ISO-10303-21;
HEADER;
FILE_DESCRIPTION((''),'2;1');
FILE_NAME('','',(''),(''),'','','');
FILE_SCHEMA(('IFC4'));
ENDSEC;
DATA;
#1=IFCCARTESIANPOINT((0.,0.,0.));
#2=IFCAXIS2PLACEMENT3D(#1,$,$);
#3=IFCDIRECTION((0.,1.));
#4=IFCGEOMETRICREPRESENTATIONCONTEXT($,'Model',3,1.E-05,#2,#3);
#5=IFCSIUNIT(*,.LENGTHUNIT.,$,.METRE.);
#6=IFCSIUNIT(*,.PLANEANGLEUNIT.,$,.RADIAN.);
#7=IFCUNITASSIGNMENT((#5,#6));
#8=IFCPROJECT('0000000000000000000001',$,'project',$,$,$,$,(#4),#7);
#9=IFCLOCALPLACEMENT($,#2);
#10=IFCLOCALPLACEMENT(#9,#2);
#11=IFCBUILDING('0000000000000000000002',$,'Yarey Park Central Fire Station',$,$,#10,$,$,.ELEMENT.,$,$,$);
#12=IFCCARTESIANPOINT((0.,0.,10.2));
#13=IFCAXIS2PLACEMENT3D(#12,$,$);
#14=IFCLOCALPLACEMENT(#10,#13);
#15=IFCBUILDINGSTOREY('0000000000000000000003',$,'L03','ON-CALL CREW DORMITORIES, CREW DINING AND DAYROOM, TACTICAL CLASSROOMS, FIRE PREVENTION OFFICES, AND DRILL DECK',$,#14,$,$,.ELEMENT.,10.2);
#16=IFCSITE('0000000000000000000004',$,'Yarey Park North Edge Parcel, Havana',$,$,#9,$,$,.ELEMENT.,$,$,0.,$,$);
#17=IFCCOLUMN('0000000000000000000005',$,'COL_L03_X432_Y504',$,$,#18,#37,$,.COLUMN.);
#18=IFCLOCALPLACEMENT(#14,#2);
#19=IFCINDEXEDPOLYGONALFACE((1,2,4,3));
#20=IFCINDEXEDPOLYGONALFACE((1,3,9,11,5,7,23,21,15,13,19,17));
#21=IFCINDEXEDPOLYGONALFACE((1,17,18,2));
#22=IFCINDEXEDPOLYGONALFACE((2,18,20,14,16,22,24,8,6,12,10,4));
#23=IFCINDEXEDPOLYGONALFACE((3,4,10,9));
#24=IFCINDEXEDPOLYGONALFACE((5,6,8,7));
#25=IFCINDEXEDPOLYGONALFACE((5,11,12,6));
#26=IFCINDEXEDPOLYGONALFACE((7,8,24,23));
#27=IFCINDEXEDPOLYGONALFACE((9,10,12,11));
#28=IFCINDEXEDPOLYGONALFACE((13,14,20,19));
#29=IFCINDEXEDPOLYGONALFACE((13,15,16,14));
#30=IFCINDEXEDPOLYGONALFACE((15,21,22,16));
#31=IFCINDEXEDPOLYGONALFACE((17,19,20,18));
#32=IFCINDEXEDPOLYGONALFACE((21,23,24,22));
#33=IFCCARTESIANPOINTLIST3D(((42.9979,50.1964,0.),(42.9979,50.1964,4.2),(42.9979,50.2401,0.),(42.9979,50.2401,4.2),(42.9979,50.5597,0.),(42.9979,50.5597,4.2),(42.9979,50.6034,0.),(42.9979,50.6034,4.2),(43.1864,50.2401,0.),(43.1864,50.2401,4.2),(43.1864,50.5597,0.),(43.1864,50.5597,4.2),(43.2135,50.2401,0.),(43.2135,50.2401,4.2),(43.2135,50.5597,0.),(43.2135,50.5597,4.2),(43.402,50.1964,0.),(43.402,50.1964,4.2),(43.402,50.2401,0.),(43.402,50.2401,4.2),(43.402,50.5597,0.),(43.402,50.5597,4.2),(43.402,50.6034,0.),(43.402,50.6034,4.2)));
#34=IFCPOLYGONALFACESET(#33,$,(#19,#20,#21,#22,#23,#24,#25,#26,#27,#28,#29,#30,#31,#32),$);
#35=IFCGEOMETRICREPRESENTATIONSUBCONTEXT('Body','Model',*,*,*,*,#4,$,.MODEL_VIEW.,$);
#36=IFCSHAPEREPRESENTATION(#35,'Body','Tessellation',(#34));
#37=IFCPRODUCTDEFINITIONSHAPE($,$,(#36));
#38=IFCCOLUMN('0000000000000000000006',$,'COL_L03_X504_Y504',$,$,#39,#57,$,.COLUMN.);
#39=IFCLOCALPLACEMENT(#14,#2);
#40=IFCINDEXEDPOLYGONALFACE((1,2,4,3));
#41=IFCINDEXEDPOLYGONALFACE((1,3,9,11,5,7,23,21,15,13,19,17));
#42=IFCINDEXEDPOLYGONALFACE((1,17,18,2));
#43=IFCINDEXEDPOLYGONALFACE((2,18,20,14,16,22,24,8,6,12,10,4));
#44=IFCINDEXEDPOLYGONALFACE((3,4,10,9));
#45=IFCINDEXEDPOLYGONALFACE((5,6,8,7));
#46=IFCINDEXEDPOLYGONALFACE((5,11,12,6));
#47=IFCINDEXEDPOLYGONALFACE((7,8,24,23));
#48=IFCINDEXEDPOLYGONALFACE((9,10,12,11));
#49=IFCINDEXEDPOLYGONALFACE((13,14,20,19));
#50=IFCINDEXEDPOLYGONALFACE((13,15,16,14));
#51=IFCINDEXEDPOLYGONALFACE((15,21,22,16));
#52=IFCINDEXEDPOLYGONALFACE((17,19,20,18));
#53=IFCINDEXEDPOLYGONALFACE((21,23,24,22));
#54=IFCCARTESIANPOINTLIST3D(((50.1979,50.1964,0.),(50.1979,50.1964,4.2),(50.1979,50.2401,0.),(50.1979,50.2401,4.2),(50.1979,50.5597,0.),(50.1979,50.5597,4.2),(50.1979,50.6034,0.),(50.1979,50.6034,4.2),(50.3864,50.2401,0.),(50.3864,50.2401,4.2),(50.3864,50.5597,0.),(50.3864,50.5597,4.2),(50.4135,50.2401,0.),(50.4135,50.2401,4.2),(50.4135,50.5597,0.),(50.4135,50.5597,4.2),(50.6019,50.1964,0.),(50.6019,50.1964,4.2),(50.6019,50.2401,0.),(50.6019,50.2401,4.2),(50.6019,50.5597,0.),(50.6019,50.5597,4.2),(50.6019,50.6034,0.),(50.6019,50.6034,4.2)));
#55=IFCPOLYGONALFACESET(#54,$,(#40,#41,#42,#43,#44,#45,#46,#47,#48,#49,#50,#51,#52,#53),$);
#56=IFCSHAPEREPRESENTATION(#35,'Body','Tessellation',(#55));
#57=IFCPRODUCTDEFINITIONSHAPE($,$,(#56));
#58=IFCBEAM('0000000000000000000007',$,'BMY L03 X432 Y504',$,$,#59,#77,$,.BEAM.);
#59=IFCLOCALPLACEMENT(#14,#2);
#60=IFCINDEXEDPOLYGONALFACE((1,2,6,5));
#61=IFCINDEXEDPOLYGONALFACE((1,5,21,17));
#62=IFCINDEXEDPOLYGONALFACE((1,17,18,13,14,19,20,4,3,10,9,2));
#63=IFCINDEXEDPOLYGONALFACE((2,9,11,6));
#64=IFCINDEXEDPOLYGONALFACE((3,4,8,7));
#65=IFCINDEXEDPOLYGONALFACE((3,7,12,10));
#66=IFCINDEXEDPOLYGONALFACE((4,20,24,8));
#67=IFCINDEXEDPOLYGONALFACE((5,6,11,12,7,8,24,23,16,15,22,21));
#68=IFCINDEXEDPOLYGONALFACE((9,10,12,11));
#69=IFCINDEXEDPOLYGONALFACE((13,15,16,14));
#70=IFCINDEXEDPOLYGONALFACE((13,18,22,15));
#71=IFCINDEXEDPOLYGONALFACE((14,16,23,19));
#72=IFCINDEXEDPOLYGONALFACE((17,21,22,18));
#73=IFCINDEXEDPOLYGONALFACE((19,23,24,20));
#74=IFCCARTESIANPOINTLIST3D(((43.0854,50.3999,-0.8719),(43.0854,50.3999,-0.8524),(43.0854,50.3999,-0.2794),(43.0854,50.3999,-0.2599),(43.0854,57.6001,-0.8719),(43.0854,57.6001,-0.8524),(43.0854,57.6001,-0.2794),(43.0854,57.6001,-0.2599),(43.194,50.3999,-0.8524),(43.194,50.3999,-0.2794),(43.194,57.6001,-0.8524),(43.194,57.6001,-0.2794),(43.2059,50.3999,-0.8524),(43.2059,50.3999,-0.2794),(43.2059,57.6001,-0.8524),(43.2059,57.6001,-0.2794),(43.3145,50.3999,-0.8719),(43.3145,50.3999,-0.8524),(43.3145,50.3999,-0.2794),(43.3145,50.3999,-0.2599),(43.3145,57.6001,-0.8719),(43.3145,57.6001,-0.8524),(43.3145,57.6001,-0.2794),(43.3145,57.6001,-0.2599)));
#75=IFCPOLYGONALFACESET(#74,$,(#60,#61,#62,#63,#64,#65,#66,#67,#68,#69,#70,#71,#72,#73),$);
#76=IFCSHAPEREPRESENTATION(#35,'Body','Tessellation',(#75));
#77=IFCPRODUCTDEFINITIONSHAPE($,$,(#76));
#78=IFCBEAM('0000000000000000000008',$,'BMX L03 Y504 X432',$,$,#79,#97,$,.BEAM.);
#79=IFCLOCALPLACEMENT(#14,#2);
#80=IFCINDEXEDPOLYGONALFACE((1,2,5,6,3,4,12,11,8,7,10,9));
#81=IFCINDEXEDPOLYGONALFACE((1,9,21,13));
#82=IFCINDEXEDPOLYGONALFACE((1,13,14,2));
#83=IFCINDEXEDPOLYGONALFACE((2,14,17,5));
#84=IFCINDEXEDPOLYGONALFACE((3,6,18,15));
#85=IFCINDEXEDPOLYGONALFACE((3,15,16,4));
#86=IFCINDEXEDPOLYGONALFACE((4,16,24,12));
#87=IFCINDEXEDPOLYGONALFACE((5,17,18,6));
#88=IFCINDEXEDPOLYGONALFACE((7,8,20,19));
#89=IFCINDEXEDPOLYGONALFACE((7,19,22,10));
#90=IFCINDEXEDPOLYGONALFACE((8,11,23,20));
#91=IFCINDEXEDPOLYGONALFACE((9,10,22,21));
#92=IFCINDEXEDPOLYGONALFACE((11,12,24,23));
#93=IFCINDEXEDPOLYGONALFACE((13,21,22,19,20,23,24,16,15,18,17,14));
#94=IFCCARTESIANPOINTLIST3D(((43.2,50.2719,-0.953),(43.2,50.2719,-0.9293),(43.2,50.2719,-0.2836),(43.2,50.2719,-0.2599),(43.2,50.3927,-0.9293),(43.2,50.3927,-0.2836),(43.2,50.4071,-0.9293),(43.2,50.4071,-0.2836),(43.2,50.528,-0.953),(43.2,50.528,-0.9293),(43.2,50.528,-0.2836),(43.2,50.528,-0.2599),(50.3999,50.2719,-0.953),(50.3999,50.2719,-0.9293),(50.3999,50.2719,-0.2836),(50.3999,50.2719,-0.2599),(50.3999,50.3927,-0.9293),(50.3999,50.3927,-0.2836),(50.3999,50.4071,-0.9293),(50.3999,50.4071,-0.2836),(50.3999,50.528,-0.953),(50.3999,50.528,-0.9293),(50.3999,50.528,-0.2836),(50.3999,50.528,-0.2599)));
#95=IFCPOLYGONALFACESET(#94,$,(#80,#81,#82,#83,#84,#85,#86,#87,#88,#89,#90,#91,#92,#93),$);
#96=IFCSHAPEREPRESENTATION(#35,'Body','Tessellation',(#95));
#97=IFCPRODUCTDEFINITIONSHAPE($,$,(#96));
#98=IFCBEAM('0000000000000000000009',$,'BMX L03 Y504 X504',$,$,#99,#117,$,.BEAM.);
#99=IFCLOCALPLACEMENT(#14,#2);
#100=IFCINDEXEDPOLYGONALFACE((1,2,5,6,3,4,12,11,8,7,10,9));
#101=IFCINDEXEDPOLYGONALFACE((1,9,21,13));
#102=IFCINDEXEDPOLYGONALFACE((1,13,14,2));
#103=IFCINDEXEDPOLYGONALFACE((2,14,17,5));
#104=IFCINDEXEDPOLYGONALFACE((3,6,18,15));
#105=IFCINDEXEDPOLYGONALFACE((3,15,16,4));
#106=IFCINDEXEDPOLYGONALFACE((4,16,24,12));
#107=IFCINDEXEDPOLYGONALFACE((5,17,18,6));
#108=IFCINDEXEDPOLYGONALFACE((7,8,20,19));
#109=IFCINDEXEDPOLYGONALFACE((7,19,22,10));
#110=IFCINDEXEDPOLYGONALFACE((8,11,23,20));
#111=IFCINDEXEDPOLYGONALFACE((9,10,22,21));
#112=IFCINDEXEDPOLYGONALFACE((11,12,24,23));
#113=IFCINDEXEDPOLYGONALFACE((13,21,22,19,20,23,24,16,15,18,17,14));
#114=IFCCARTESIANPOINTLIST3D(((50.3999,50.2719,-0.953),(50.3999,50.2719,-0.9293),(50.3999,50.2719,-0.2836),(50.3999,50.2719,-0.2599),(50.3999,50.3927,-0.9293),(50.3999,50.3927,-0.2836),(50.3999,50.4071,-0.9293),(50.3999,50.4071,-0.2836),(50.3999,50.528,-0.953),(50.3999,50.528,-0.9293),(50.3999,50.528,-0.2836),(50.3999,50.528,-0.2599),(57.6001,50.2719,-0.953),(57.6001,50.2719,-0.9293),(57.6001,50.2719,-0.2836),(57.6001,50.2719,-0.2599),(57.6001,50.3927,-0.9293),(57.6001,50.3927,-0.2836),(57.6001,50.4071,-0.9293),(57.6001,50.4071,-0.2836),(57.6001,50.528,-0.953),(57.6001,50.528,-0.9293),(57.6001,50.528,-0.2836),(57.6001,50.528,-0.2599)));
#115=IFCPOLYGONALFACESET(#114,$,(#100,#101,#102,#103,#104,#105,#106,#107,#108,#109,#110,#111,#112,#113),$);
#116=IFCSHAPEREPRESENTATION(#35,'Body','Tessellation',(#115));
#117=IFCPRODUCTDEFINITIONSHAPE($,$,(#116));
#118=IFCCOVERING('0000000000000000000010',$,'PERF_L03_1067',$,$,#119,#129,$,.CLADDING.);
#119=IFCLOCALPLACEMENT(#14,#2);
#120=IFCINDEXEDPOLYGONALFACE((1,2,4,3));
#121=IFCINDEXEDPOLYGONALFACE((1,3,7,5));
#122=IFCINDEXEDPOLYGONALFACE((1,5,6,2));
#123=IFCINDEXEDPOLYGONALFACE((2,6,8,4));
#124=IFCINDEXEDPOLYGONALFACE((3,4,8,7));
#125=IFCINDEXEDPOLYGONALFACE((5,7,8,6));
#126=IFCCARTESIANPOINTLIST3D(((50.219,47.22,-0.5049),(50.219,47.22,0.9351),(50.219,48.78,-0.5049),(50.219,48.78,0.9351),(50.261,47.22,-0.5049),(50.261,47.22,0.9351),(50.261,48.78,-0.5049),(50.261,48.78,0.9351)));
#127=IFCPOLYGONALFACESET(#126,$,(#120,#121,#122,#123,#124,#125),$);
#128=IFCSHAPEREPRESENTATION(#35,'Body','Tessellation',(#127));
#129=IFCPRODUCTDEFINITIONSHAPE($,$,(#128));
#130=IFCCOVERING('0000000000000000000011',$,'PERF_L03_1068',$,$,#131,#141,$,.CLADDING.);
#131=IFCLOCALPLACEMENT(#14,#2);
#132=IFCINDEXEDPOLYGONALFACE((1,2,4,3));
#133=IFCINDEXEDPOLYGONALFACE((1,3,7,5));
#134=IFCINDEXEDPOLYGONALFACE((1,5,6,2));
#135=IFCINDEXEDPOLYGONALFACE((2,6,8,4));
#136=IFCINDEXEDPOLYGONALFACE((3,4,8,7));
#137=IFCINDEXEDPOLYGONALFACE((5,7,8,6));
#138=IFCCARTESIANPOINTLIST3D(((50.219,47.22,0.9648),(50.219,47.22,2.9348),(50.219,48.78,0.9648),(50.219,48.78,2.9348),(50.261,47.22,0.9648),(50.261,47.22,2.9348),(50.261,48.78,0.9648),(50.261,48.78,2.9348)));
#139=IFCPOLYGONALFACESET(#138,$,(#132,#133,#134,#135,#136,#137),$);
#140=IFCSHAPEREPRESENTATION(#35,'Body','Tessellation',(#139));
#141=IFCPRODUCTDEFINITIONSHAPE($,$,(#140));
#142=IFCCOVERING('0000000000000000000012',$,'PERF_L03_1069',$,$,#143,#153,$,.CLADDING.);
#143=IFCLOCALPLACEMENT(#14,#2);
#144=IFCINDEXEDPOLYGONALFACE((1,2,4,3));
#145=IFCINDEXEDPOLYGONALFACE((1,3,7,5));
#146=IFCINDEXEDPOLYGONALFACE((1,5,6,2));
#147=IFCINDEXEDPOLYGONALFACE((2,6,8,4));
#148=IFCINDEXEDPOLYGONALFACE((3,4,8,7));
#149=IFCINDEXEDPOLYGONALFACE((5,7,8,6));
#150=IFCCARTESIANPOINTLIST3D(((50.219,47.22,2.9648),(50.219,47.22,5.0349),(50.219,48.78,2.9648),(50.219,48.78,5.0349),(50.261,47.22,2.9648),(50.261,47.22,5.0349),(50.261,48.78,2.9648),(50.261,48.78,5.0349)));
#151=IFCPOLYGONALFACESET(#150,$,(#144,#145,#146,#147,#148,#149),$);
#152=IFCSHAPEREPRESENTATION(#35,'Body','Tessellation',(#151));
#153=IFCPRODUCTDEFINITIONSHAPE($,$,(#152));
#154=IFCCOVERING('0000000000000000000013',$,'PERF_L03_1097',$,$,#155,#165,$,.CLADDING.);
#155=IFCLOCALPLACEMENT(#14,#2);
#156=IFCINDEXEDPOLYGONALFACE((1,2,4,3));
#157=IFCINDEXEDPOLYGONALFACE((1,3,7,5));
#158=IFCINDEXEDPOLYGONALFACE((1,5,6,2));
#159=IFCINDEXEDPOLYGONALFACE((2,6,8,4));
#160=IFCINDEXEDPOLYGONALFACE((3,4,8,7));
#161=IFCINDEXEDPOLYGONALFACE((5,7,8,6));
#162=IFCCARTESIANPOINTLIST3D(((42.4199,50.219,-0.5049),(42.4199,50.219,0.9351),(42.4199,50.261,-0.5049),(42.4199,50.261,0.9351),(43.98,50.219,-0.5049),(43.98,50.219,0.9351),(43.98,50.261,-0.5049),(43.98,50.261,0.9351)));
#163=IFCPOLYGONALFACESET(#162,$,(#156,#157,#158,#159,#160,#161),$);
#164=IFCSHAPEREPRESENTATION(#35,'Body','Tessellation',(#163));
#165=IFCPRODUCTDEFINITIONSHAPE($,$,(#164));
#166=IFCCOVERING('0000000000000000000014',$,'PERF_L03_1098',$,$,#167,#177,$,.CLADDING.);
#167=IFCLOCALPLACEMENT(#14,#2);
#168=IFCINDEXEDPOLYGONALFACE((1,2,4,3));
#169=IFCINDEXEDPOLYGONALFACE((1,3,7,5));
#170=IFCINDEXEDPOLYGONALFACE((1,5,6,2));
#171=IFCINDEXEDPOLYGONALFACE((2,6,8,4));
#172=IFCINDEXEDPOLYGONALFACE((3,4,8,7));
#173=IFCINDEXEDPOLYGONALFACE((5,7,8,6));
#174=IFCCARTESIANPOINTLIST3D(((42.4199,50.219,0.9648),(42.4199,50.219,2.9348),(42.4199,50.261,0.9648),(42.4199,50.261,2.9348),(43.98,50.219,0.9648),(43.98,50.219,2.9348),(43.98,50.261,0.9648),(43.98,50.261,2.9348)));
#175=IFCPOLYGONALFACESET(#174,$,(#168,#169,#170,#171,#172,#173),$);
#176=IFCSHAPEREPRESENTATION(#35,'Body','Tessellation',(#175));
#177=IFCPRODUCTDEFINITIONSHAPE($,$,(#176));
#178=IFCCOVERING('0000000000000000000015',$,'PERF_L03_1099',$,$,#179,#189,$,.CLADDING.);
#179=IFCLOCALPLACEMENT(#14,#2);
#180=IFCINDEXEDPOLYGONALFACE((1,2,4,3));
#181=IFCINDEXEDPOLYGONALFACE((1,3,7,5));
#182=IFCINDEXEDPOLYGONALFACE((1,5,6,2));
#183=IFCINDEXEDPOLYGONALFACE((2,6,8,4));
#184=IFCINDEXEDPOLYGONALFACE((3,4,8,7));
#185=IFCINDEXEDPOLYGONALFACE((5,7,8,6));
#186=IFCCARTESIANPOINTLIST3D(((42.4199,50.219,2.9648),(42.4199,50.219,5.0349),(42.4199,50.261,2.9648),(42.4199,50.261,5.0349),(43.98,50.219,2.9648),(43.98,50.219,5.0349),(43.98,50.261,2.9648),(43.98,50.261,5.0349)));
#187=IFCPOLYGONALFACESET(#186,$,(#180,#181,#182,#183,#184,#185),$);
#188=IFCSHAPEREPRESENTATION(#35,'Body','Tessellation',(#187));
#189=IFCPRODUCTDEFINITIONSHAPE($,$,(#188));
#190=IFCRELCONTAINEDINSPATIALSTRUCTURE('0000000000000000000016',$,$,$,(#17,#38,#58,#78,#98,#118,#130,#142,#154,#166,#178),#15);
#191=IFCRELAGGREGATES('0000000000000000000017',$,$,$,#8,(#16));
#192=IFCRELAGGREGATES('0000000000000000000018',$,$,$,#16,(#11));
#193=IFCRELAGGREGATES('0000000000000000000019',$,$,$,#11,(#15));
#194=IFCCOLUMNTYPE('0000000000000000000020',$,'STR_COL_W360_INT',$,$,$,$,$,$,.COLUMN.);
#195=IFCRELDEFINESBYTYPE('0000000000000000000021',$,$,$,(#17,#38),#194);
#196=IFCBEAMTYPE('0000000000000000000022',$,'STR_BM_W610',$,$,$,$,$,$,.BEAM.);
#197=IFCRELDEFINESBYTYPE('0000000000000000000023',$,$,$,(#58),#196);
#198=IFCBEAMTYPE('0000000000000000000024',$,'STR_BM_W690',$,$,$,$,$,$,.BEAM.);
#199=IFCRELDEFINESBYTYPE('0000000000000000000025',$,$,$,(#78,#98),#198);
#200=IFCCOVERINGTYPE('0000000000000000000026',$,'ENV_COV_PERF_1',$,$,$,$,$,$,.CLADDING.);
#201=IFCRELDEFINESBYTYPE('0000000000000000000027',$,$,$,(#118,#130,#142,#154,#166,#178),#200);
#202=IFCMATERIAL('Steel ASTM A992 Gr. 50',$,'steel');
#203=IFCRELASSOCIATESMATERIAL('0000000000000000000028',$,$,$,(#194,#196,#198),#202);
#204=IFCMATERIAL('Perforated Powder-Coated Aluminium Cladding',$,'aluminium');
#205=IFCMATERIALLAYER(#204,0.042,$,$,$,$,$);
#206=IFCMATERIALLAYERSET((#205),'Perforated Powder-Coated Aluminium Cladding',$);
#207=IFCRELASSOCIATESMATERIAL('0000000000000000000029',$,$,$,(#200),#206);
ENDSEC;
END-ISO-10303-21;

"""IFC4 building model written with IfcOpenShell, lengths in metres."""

from ifc_helpers import new_model, si_unit, direction, frame, origin, origin_2d, place, context, subcontext, project, spatial, rectangle, i_section, extrude, material, layer, layer_set, material_profile, profile_set, type_object, element, save


model = new_model("IFC4")

# Units and contexts
model_context = context("Model", 3, precision=1e-05, world=origin(), true_north=direction((0.0, 1.0)))
body_context = subcontext(model_context, "Body", "Model", "MODEL_VIEW")
ifc_project = project(units=[si_unit("LENGTHUNIT", "METRE"), si_unit("PLANEANGLEUNIT", "RADIAN")], contexts=[model_context])

# Site, building, storey
site_placement = place(None, origin())
site = spatial("IfcSite", under=ifc_project, at=site_placement, Name="Yarey Park North Edge Parcel, Havana", CompositionType="ELEMENT", RefElevation=0.0)
building_placement = place(site_placement, origin())
building = spatial("IfcBuilding", under=site, at=building_placement, Name="Yarey Park Central Fire Station", CompositionType="ELEMENT")
storey_placement = place(building_placement, frame((0.0, 0.0, 10.2)))
storey = spatial("IfcBuildingStorey", under=building, at=storey_placement, Name="L03", Description="ON-CALL CREW DORMITORIES, CREW DINING AND DAYROOM, TACTICAL CLASSROOMS, FIRE PREVENTION OFFICES, AND DRILL DECK", CompositionType="ELEMENT", Elevation=10.2)

# Columns
ifc_material_1 = material(Name="Steel ASTM A992 Gr. 50", Category="steel")
ifc_material_profile_1 = material_profile(ifc_material_1, i_section(OverallWidth=0.4041, OverallDepth=0.407, WebThickness=0.0271, FlangeThickness=0.0437, at=origin_2d()), Name="W360x347")
ifc_profile_set_1 = profile_set([ifc_material_profile_1], Name="Steel ASTM A992 Gr. 50")
column_type = type_object("IfcColumnType", Name="STR_COL_W360_INT", PredefinedType="COLUMN", material=ifc_profile_set_1)
for number, where, z_axis, x_axis, name in (
    (1, (43.2, 50.3999, 0.0), (0.0, 0.0, 1.0), (1.0, 0.0, 0.0), "COL_L03_X432_Y504"),
    (2, (50.3999, 50.3999, 0.0), (0.0, 0.0, 1.0), (1.0, 0.0, 0.0), "COL_L03_X504_Y504"),
):
    element("IfcColumn", number, at=place(storey_placement, frame(where, z_axis=z_axis, x_axis=x_axis)), inside=storey, type_object=column_type, Name=name, PredefinedType="COLUMN", context=body_context, shape_type="SweptSolid", body=[
        extrude(i_section(OverallWidth=0.4041, OverallDepth=0.407, WebThickness=0.0271, FlangeThickness=0.0437, at=origin_2d()), origin(), (0.0, 0.0, 1.0), 4.2),
    ])

# Beams
ifc_material_profile_2 = material_profile(ifc_material_1, i_section(OverallWidth=0.229, OverallDepth=0.6121, WebThickness=0.012, FlangeThickness=0.0195, at=origin_2d()), Name="W610x125")
ifc_profile_set_2 = profile_set([ifc_material_profile_2], Name="Steel ASTM A992 Gr. 50")
beam_type_1 = type_object("IfcBeamType", Name="STR_BM_W610", PredefinedType="BEAM", material=ifc_profile_set_2)
beam_1_placement = place(storey_placement, frame((43.2, 50.3999, -0.5659), z_axis=(0.0, 1.0, 0.0), x_axis=(-1.0, 0.0, 0.0)))
element("IfcBeam", 3, at=beam_1_placement, inside=storey, type_object=beam_type_1, Name="BMY L03 X432 Y504", PredefinedType="BEAM", context=body_context, shape_type="SweptSolid", body=[
    extrude(i_section(OverallWidth=0.229, OverallDepth=0.6121, WebThickness=0.012, FlangeThickness=0.0195, at=origin_2d()), origin(), (0.0, 0.0, 1.0), 7.2002),
])
ifc_material_profile_3 = material_profile(ifc_material_1, i_section(OverallWidth=0.2561, OverallDepth=0.6931, WebThickness=0.0144, FlangeThickness=0.0237, at=origin_2d()), Name="W690x170")
ifc_profile_set_3 = profile_set([ifc_material_profile_3], Name="Steel ASTM A992 Gr. 50")
beam_type_2 = type_object("IfcBeamType", Name="STR_BM_W690", PredefinedType="BEAM", material=ifc_profile_set_3)
beam_2_placement = place(storey_placement, frame((43.2, 50.3999, -0.6064), z_axis=(1.0, 0.0, 0.0), x_axis=(0.0, 1.0, 0.0)))
element("IfcBeam", 4, at=beam_2_placement, inside=storey, type_object=beam_type_2, Name="BMX L03 Y504 X432", PredefinedType="BEAM", context=body_context, shape_type="SweptSolid", body=[
    extrude(i_section(OverallWidth=0.2561, OverallDepth=0.6931, WebThickness=0.0144, FlangeThickness=0.0237, at=origin_2d()), origin(), (0.0, 0.0, 1.0), 7.2),
])
beam_3_placement = place(storey_placement, frame((50.3999, 50.3999, -0.6064), z_axis=(1.0, 0.0, 0.0), x_axis=(0.0, 1.0, 0.0)))
element("IfcBeam", 5, at=beam_3_placement, inside=storey, type_object=beam_type_2, Name="BMX L03 Y504 X504", PredefinedType="BEAM", context=body_context, shape_type="SweptSolid", body=[
    extrude(i_section(OverallWidth=0.2561, OverallDepth=0.6931, WebThickness=0.0144, FlangeThickness=0.0237, at=origin_2d()), origin(), (0.0, 0.0, 1.0), 7.2002),
])

# Coverings
ifc_material_2 = material(Name="Perforated Powder-Coated Aluminium Cladding", Category="aluminium")
ifc_layer_1 = layer(ifc_material_2, 0.042)
ifc_layer_set_1 = layer_set([ifc_layer_1], Name="Perforated Powder-Coated Aluminium Cladding")
covering_type_1 = type_object("IfcCoveringType", Name="ENV_COV_PERF_1", PredefinedType="CLADDING", material=ifc_layer_set_1)
covering_1_placement = place(storey_placement, frame((50.24, 48.0, -0.5049), z_axis=(0.0, 0.0, 1.0), x_axis=(0.0, 1.0, 0.0)))
element("IfcCovering", 6, at=covering_1_placement, inside=storey, type_object=covering_type_1, Name="PERF_L03_1067", PredefinedType="CLADDING", context=body_context, shape_type="SweptSolid", body=[
    extrude(rectangle(XDim=1.5601, YDim=0.042, at=origin_2d()), origin(), (0.0, 0.0, 1.0), 1.4399),
])
covering_2_placement = place(storey_placement, frame((50.24, 48.0, 0.9648), z_axis=(0.0, 0.0, 1.0), x_axis=(0.0, 1.0, 0.0)))
element("IfcCovering", 7, at=covering_2_placement, inside=storey, type_object=covering_type_1, Name="PERF_L03_1068", PredefinedType="CLADDING", context=body_context, shape_type="SweptSolid", body=[
    extrude(rectangle(XDim=1.5601, YDim=0.042, at=origin_2d()), origin(), (0.0, 0.0, 1.0), 1.97),
])
covering_3_placement = place(storey_placement, frame((50.24, 48.0, 2.9648), z_axis=(0.0, 0.0, 1.0), x_axis=(0.0, 1.0, 0.0)))
element("IfcCovering", 8, at=covering_3_placement, inside=storey, type_object=covering_type_1, Name="PERF_L03_1069", PredefinedType="CLADDING", context=body_context, shape_type="SweptSolid", body=[
    extrude(rectangle(XDim=1.5601, YDim=0.042, at=origin_2d()), origin(), (0.0, 0.0, 1.0), 2.0701),
])
covering_4_placement = place(storey_placement, frame((43.2, 50.24, -0.5049), z_axis=(0.0, 0.0, 1.0), x_axis=(1.0, 0.0, 0.0)))
element("IfcCovering", 9, at=covering_4_placement, inside=storey, type_object=covering_type_1, Name="PERF_L03_1097", PredefinedType="CLADDING", context=body_context, shape_type="SweptSolid", body=[
    extrude(rectangle(XDim=1.5601, YDim=0.042, at=origin_2d()), origin(), (0.0, 0.0, 1.0), 1.4399),
])
covering_5_placement = place(storey_placement, frame((43.2, 50.24, 0.9648), z_axis=(0.0, 0.0, 1.0), x_axis=(1.0, 0.0, 0.0)))
element("IfcCovering", 10, at=covering_5_placement, inside=storey, type_object=covering_type_1, Name="PERF_L03_1098", PredefinedType="CLADDING", context=body_context, shape_type="SweptSolid", body=[
    extrude(rectangle(XDim=1.5601, YDim=0.042, at=origin_2d()), origin(), (0.0, 0.0, 1.0), 1.97),
])
covering_6_placement = place(storey_placement, frame((43.2, 50.24, 2.9648), z_axis=(0.0, 0.0, 1.0), x_axis=(1.0, 0.0, 0.0)))
element("IfcCovering", 11, at=covering_6_placement, inside=storey, type_object=covering_type_1, Name="PERF_L03_1099", PredefinedType="CLADDING", context=body_context, shape_type="SweptSolid", body=[
    extrude(rectangle(XDim=1.5601, YDim=0.042, at=origin_2d()), origin(), (0.0, 0.0, 1.0), 2.0701),
])

save(model, "model.ifc")
